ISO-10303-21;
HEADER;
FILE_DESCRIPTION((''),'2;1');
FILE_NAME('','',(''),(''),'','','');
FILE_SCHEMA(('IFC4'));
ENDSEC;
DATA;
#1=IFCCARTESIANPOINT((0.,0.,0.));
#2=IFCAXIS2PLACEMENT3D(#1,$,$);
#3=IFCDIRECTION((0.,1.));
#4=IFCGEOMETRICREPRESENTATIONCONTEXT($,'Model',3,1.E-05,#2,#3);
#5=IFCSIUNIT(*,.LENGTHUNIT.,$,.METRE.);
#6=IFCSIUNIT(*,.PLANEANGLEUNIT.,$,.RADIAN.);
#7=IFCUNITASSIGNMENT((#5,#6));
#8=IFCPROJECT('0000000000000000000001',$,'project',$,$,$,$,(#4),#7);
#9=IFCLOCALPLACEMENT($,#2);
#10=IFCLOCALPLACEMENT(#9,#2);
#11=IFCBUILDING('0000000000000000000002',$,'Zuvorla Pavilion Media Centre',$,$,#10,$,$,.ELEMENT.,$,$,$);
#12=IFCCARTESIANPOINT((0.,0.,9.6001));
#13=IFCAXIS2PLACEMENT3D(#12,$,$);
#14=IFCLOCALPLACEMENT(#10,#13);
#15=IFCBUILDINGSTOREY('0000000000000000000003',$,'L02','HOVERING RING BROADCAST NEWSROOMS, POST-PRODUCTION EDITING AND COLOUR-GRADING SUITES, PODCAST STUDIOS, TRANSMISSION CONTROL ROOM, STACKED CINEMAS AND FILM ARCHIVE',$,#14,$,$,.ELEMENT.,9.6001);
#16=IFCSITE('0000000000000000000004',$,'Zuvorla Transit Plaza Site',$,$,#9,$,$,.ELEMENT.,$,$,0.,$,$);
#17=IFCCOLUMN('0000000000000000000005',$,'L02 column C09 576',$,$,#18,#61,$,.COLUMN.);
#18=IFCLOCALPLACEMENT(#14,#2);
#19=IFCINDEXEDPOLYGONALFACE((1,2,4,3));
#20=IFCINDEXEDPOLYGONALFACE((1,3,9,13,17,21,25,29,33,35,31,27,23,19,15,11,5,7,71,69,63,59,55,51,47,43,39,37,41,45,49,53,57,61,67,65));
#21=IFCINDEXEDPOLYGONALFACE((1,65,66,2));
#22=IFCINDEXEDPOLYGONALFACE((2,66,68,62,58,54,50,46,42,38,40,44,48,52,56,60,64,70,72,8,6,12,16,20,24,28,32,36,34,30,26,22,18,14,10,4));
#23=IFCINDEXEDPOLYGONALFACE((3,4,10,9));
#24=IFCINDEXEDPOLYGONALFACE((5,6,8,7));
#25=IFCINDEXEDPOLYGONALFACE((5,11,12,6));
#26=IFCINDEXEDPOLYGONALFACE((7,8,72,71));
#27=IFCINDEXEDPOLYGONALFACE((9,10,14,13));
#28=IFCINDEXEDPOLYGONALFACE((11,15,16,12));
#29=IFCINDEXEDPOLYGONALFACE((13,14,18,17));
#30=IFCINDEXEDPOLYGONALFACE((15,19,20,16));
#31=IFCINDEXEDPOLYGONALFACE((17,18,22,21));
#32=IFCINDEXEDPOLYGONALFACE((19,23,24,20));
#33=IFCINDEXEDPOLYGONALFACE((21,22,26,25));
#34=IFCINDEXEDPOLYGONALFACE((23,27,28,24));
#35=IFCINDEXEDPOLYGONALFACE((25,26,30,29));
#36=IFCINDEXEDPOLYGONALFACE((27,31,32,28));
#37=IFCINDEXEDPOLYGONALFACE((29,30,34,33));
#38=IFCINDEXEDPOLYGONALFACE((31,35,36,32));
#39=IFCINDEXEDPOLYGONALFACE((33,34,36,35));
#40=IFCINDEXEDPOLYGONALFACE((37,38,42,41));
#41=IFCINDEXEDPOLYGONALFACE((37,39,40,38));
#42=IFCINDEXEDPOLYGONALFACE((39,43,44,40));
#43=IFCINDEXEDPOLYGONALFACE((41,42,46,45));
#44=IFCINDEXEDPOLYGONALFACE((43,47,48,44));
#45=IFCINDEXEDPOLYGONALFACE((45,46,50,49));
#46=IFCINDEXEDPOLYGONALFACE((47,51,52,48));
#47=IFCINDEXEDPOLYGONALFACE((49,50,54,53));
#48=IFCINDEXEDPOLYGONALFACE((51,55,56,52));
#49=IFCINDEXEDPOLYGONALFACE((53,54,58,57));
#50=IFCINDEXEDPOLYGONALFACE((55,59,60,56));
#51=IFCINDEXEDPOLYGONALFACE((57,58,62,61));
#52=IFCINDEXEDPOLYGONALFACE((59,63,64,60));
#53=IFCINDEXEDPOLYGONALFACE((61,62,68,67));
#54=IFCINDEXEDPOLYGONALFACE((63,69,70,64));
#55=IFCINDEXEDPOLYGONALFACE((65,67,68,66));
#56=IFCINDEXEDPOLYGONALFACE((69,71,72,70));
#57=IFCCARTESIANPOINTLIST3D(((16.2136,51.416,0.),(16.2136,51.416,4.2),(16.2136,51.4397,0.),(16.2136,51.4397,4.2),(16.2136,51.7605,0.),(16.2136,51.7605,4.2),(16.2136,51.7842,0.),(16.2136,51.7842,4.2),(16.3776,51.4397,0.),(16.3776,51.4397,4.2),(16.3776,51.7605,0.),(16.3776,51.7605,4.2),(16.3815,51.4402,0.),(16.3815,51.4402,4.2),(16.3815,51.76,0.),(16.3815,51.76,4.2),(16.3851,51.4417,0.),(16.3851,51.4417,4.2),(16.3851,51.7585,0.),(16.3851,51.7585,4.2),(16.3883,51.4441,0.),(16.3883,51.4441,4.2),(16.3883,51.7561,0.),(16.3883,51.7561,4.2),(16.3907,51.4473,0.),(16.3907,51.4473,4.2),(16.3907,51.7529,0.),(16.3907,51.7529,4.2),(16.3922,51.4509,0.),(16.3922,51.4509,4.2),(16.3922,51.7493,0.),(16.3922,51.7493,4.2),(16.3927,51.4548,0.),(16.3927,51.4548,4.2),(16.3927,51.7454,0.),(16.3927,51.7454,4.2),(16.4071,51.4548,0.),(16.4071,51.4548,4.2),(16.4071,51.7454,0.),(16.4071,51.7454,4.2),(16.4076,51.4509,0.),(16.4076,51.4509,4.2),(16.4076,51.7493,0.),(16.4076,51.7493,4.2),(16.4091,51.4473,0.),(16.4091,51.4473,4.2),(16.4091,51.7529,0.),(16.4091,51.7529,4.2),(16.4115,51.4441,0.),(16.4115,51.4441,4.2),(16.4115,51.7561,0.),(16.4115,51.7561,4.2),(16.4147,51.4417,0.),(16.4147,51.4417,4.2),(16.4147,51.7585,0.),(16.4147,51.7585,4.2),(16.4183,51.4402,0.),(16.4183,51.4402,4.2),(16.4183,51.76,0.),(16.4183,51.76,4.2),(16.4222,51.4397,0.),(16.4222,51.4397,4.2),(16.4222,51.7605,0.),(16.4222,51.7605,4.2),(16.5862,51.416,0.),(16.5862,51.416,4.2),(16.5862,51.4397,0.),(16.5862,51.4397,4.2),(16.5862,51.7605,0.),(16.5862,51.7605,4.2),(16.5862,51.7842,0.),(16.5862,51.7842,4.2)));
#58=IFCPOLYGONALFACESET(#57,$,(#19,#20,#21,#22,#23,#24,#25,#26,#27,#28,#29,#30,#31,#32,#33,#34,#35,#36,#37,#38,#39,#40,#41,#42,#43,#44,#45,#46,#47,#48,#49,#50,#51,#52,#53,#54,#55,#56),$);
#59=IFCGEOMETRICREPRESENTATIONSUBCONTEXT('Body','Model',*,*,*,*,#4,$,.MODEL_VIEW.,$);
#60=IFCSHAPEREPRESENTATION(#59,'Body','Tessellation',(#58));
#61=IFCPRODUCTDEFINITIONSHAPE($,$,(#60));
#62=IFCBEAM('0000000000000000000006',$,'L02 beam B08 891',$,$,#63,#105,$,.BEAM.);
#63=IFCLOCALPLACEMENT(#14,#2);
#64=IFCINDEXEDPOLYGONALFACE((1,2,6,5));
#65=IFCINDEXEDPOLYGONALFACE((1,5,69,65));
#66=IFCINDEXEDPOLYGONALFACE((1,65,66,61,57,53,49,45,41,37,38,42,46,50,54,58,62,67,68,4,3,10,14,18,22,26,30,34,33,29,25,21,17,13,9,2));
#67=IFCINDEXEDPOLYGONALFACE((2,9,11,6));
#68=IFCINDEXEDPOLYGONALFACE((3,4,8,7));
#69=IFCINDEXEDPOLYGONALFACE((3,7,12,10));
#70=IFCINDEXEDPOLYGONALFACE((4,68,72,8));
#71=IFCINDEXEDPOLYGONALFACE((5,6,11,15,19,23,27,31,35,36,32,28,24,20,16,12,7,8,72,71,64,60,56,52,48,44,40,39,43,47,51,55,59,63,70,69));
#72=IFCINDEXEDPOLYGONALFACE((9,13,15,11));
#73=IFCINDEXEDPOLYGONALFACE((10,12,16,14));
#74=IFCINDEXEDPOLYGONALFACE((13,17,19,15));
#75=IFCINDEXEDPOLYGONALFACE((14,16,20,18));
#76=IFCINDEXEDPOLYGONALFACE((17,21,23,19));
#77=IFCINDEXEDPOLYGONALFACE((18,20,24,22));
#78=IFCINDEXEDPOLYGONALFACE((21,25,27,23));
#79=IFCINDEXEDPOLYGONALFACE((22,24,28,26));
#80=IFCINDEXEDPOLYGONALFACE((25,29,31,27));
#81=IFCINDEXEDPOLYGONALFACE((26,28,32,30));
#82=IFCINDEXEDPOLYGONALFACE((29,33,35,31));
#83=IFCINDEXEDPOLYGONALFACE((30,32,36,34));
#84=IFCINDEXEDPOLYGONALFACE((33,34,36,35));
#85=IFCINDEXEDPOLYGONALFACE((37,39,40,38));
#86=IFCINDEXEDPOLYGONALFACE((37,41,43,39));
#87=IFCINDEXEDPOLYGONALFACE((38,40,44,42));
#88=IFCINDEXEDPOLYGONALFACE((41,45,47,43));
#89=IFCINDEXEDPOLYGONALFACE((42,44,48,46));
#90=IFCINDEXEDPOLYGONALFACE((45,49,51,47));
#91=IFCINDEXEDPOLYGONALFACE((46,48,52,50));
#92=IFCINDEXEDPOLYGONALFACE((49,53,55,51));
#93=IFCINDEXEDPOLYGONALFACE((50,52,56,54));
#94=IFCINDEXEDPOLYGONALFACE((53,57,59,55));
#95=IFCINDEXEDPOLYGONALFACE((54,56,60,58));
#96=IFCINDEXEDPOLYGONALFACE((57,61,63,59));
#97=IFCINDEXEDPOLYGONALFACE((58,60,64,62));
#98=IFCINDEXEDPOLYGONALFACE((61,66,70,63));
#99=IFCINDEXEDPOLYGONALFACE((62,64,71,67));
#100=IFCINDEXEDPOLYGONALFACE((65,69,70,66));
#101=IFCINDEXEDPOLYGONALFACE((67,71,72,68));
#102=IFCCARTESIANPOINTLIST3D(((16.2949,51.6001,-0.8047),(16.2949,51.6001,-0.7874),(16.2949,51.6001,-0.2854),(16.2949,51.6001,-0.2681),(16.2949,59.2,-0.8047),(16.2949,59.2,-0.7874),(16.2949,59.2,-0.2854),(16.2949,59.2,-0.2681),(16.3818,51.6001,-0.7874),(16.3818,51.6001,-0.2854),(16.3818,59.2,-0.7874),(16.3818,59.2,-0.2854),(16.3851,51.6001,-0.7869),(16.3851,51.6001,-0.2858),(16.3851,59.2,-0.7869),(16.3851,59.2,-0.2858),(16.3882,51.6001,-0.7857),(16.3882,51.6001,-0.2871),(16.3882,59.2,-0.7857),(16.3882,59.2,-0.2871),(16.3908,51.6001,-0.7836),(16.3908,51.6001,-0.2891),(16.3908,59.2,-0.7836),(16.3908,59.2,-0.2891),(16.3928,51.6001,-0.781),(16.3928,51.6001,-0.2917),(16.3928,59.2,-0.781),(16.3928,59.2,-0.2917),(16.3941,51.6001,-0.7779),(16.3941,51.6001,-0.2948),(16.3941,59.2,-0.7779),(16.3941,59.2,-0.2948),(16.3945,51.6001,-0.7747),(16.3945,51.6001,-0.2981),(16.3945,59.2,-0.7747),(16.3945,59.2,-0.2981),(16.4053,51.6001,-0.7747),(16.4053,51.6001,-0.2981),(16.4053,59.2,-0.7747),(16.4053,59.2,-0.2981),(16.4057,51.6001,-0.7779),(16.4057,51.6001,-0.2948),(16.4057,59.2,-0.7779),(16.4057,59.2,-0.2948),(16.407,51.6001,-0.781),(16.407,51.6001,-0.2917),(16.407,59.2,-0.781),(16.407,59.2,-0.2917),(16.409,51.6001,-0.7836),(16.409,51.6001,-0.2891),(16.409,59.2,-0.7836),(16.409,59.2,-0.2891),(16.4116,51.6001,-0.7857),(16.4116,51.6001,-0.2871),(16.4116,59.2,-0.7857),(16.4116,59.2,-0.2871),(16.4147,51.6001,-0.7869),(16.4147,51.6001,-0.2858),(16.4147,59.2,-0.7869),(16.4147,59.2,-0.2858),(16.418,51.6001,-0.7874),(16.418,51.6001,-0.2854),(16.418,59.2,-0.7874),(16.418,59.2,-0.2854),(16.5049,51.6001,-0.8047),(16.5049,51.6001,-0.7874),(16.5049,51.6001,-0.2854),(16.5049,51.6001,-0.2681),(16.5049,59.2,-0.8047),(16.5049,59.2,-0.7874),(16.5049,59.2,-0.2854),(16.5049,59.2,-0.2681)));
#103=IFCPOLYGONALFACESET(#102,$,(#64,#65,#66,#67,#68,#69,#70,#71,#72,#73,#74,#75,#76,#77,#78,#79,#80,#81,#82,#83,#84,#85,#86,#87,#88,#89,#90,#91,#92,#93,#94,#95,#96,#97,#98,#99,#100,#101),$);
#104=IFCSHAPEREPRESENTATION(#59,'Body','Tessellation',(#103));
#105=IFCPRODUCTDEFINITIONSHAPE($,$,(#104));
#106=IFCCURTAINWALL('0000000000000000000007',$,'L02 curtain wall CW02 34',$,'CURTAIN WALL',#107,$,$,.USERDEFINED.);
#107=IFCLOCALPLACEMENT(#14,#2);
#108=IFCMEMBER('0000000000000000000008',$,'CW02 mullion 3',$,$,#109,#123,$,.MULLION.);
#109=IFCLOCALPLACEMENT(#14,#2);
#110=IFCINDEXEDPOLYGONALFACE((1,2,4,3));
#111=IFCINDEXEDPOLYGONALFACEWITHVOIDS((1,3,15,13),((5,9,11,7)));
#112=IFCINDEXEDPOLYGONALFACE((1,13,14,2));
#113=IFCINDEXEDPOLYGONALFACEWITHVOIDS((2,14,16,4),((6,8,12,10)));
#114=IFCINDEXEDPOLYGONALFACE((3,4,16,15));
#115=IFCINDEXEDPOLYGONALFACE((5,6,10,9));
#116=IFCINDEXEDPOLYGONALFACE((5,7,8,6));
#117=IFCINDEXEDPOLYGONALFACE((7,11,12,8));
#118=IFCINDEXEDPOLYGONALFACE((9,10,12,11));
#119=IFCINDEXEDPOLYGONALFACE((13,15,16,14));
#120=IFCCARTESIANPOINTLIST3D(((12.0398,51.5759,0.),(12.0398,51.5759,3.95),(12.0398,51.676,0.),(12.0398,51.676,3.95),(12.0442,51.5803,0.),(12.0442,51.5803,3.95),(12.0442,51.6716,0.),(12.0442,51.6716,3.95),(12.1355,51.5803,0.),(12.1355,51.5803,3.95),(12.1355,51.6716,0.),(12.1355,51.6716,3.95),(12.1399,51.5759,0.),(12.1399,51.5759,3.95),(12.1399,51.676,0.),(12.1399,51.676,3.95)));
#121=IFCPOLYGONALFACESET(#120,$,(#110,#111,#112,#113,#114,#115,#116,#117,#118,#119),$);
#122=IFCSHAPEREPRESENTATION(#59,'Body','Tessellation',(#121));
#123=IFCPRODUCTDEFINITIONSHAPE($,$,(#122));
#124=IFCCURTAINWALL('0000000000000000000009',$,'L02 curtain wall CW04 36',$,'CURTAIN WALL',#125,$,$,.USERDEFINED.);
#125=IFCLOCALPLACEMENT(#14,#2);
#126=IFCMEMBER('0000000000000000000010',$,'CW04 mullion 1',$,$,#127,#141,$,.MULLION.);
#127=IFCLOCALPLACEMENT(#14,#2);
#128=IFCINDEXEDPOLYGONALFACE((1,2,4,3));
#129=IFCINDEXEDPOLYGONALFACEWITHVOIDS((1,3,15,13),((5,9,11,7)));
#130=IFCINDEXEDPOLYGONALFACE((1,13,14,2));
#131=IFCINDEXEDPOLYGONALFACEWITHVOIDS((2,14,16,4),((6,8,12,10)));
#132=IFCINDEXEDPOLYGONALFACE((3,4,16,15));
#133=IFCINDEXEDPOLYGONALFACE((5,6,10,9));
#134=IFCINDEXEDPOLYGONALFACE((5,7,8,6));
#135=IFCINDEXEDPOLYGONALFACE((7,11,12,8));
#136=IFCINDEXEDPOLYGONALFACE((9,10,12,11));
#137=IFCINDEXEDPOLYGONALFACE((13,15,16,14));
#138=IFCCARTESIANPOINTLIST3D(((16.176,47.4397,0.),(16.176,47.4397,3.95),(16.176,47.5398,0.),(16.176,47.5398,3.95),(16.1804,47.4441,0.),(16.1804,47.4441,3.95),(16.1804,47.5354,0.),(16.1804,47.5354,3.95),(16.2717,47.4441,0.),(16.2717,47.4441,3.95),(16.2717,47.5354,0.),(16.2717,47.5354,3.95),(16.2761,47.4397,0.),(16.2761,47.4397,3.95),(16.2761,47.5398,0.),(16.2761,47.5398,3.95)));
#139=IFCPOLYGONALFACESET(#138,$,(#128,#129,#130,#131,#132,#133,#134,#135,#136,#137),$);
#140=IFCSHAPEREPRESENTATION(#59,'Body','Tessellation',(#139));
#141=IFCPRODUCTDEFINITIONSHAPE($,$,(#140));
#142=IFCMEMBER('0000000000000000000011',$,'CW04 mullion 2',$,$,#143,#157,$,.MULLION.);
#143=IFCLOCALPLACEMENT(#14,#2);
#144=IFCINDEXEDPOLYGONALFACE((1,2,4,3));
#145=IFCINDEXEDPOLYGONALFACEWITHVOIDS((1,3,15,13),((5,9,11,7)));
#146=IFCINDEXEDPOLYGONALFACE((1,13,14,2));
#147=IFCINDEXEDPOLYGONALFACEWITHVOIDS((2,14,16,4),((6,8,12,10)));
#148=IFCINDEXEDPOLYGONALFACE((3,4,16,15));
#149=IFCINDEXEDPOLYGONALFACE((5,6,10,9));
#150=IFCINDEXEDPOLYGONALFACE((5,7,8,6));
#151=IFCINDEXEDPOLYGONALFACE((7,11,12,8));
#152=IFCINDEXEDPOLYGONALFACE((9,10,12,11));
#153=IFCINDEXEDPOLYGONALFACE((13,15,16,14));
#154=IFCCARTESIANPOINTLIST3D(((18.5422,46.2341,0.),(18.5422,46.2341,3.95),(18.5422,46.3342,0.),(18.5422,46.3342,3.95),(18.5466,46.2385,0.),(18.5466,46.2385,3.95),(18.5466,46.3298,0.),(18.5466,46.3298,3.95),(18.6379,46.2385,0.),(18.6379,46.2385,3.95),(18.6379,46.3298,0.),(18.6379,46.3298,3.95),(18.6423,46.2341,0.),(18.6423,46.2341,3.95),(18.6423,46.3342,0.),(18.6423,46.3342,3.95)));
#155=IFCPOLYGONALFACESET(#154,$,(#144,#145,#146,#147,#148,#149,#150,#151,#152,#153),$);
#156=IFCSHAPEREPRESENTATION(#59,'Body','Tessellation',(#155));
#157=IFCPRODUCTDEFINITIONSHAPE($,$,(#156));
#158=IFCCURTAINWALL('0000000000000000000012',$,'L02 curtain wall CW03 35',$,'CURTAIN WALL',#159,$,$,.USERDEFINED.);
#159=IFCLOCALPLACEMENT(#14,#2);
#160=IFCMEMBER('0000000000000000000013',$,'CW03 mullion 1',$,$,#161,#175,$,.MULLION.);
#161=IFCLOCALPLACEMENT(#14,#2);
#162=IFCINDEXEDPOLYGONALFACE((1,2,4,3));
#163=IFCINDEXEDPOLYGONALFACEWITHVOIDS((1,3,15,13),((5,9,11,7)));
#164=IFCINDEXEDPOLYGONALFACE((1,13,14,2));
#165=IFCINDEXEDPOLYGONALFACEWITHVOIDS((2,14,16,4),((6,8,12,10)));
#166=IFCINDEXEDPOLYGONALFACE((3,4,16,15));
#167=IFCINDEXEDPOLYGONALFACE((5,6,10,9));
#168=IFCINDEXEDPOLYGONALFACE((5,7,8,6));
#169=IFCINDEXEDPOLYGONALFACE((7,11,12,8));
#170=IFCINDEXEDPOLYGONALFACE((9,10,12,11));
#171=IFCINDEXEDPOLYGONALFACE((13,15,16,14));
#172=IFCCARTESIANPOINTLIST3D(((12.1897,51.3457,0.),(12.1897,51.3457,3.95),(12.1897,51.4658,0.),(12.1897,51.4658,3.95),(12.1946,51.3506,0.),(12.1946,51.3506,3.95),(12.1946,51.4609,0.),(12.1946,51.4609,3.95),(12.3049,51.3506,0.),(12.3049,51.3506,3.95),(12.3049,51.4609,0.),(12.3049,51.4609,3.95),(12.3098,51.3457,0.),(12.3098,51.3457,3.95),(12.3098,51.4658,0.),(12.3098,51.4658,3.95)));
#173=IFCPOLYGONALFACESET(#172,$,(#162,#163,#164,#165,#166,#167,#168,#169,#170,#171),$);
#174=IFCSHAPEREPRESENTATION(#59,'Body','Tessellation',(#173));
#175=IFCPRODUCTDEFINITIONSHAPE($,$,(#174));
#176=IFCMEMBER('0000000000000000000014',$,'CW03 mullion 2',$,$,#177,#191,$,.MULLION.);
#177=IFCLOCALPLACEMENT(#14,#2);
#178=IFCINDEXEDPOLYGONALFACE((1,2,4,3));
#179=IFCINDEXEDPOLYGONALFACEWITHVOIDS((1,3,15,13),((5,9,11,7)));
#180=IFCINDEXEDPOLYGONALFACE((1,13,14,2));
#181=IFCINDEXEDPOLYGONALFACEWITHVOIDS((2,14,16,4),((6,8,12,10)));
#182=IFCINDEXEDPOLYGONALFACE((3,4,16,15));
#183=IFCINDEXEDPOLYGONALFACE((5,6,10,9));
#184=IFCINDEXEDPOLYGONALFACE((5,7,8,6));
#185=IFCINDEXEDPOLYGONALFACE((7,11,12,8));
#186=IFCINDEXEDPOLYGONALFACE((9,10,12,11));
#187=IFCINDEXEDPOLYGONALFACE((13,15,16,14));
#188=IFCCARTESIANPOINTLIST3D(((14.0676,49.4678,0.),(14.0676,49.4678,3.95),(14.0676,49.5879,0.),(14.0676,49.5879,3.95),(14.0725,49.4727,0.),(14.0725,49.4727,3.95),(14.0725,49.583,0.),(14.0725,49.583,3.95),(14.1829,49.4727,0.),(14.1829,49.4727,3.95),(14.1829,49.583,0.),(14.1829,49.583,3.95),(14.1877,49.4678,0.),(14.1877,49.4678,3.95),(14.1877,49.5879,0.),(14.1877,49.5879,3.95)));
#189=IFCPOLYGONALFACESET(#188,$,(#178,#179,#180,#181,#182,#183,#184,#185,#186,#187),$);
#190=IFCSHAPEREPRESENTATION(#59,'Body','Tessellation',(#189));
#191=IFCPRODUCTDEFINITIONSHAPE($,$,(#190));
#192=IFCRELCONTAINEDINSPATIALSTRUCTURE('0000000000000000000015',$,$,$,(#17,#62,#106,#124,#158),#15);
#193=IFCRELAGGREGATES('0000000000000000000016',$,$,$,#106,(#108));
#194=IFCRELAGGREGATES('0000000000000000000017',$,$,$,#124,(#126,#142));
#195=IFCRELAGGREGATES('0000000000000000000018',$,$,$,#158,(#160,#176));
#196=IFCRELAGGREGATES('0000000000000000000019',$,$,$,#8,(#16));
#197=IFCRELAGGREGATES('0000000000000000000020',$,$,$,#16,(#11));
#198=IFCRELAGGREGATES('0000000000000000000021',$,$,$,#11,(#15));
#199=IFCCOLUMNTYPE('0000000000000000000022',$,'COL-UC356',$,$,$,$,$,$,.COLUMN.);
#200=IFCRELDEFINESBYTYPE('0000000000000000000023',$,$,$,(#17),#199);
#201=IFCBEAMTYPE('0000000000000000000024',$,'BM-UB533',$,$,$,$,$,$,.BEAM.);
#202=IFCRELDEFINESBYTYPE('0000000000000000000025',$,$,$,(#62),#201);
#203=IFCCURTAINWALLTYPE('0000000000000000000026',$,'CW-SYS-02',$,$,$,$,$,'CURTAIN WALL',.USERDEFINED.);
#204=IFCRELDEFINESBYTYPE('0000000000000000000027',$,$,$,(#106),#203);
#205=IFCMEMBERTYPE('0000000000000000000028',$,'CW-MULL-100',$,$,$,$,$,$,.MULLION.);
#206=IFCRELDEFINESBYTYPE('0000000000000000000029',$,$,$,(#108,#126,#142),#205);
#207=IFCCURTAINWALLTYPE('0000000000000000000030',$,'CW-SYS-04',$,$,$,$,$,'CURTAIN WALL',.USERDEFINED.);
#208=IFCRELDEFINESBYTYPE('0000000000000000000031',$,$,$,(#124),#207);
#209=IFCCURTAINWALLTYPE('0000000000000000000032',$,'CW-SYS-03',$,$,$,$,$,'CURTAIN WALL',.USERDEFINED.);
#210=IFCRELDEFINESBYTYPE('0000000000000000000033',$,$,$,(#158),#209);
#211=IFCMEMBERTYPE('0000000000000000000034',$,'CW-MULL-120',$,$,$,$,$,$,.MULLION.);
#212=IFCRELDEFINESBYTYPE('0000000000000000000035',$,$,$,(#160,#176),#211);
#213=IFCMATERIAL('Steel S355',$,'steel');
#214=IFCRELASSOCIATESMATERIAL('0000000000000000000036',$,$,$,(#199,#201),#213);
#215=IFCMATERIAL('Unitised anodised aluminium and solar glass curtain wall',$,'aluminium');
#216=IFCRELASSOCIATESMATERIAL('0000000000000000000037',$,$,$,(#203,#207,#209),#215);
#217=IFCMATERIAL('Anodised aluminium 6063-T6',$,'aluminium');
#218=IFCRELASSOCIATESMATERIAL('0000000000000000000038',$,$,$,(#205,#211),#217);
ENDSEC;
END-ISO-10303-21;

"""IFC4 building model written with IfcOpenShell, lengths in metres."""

from ifc_helpers import new_model, si_unit, direction, frame, origin, origin_2d, place, context, subcontext, project, spatial, hollow_rectangle, i_section, extrude, material, material_profile, profile_set, type_object, element, aggregate, save


model = new_model("IFC4")

# Units and contexts
model_context = context("Model", 3, precision=1e-05, world=origin(), true_north=direction((0.0, 1.0)))
body_context = subcontext(model_context, "Body", "Model", "MODEL_VIEW")
ifc_project = project(units=[si_unit("LENGTHUNIT", "METRE"), si_unit("PLANEANGLEUNIT", "RADIAN")], contexts=[model_context])

# Site, building, storey
site_placement = place(None, origin())
site = spatial("IfcSite", under=ifc_project, at=site_placement, Name="Zuvorla Transit Plaza Site", CompositionType="ELEMENT", RefElevation=0.0)
building_placement = place(site_placement, origin())
building = spatial("IfcBuilding", under=site, at=building_placement, Name="Zuvorla Pavilion Media Centre", CompositionType="ELEMENT")
storey_placement = place(building_placement, frame((0.0, 0.0, 9.6001)))
storey = spatial("IfcBuildingStorey", under=building, at=storey_placement, Name="L02", Description="HOVERING RING BROADCAST NEWSROOMS, POST-PRODUCTION EDITING AND COLOUR-GRADING SUITES, PODCAST STUDIOS, TRANSMISSION CONTROL ROOM, STACKED CINEMAS AND FILM ARCHIVE", CompositionType="ELEMENT", Elevation=9.6001)

# Column
ifc_material_1 = material(Name="Steel S355", Category="steel")
ifc_material_profile_1 = material_profile(ifc_material_1, i_section(OverallWidth=0.3726, OverallDepth=0.3682, WebThickness=0.0144, FlangeThickness=0.0237, FilletRadius=0.0151, at=origin_2d()), Name="UC 356x368x177")
ifc_profile_set_1 = profile_set([ifc_material_profile_1], Name="Steel S355")
column_type = type_object("IfcColumnType", Name="COL-UC356", PredefinedType="COLUMN", material=ifc_profile_set_1)
column_placement = place(storey_placement, frame((16.3999, 51.6001, 0.0), z_axis=(0.0, 0.0, 1.0), x_axis=(1.0, 0.0, 0.0)))
element("IfcColumn", 1, at=column_placement, inside=storey, type_object=column_type, Name="L02 column C09 576", PredefinedType="COLUMN", context=body_context, shape_type="SweptSolid", body=[
    extrude(i_section(OverallWidth=0.3726, OverallDepth=0.3682, WebThickness=0.0144, FlangeThickness=0.0237, FilletRadius=0.0151, at=origin_2d()), origin(), (0.0, 0.0, 1.0), 4.2),
])

# Beam
ifc_material_profile_2 = material_profile(ifc_material_1, i_section(OverallWidth=0.21, OverallDepth=0.5366, WebThickness=0.0107, FlangeThickness=0.0173, FilletRadius=0.0127, at=origin_2d()), Name="UB 533x210x101")
ifc_profile_set_2 = profile_set([ifc_material_profile_2], Name="Steel S355")
beam_type = type_object("IfcBeamType", Name="BM-UB533", PredefinedType="BEAM", material=ifc_profile_set_2)
beam_placement = place(storey_placement, frame((16.3999, 51.6001, -0.5364), z_axis=(0.0, 1.0, 0.0), x_axis=(-1.0, 0.0, 0.0)))
element("IfcBeam", 2, at=beam_placement, inside=storey, type_object=beam_type, Name="L02 beam B08 891", PredefinedType="BEAM", context=body_context, shape_type="SweptSolid", body=[
    extrude(i_section(OverallWidth=0.21, OverallDepth=0.5366, WebThickness=0.0107, FlangeThickness=0.0173, FilletRadius=0.0127, at=origin_2d()), origin(), (0.0, 0.0, 1.0), 7.5999),
])

# Curtain wall, member
ifc_material_2 = material(Name="Unitised anodised aluminium and solar glass curtain wall", Category="aluminium")
curtain_wall_type_1 = type_object("IfcCurtainWallType", Name="CW-SYS-02", ElementType="CURTAIN WALL", PredefinedType="USERDEFINED", material=ifc_material_2)
curtain_wall_1_placement = place(storey_placement, origin())
curtain_wall_1 = element("IfcCurtainWall", 3, at=curtain_wall_1_placement, inside=storey, type_object=curtain_wall_type_1, Name="L02 curtain wall CW02 34", ObjectType="CURTAIN WALL", PredefinedType="USERDEFINED")
ifc_material_3 = material(Name="Anodised aluminium 6063-T6", Category="aluminium")
ifc_material_profile_3 = material_profile(ifc_material_3, hollow_rectangle(XDim=0.1001, YDim=0.1001, WallThickness=0.0044, at=origin_2d()), Name="ALU MULL 100x100")
ifc_profile_set_3 = profile_set([ifc_material_profile_3], Name="Anodised aluminium 6063-T6")
member_type_1 = type_object("IfcMemberType", Name="CW-MULL-100", PredefinedType="MULLION", material=ifc_profile_set_3)
member_1_placement = place(storey_placement, frame((12.0898, 51.626, 0.0), z_axis=(0.0, 0.0, 1.0), x_axis=(1.0, 0.0, 0.0)))
member_1 = element("IfcMember", 4, at=member_1_placement, type_object=member_type_1, Name="CW02 mullion 3", PredefinedType="MULLION", context=body_context, shape_type="SweptSolid", body=[
    extrude(hollow_rectangle(XDim=0.1001, YDim=0.1001, WallThickness=0.0044, at=origin_2d()), origin(), (0.0, 0.0, 1.0), 3.95),
])
aggregate(curtain_wall_1, [member_1])

# Curtain walls, members
curtain_wall_type_2 = type_object("IfcCurtainWallType", Name="CW-SYS-04", ElementType="CURTAIN WALL", PredefinedType="USERDEFINED", material=ifc_material_2)
curtain_wall_2_placement = place(storey_placement, origin())
curtain_wall_2 = element("IfcCurtainWall", 5, at=curtain_wall_2_placement, inside=storey, type_object=curtain_wall_type_2, Name="L02 curtain wall CW04 36", ObjectType="CURTAIN WALL", PredefinedType="USERDEFINED")
member_2_placement = place(storey_placement, frame((16.2261, 47.4897, 0.0), z_axis=(0.0, 0.0, 1.0), x_axis=(1.0, 0.0, 0.0)))
member_2 = element("IfcMember", 6, at=member_2_placement, type_object=member_type_1, Name="CW04 mullion 1", PredefinedType="MULLION", context=body_context, shape_type="SweptSolid", body=[
    extrude(hollow_rectangle(XDim=0.1001, YDim=0.1001, WallThickness=0.0044, at=origin_2d()), origin(), (0.0, 0.0, 1.0), 3.95),
])
member_3_placement = place(storey_placement, frame((18.5923, 46.2842, 0.0), z_axis=(0.0, 0.0, 1.0), x_axis=(1.0, 0.0, 0.0)))
member_3 = element("IfcMember", 7, at=member_3_placement, type_object=member_type_1, Name="CW04 mullion 2", PredefinedType="MULLION", context=body_context, shape_type="SweptSolid", body=[
    extrude(hollow_rectangle(XDim=0.1001, YDim=0.1001, WallThickness=0.0044, at=origin_2d()), origin(), (0.0, 0.0, 1.0), 3.95),
])
curtain_wall_type_3 = type_object("IfcCurtainWallType", Name="CW-SYS-03", ElementType="CURTAIN WALL", PredefinedType="USERDEFINED", material=ifc_material_2)
curtain_wall_3_placement = place(storey_placement, origin())
curtain_wall_3 = element("IfcCurtainWall", 8, at=curtain_wall_3_placement, inside=storey, type_object=curtain_wall_type_3, Name="L02 curtain wall CW03 35", ObjectType="CURTAIN WALL", PredefinedType="USERDEFINED")
ifc_material_profile_4 = material_profile(ifc_material_3, hollow_rectangle(XDim=0.1201, YDim=0.1201, WallThickness=0.0049, at=origin_2d()), Name="ALU MULL 120x120")
ifc_profile_set_4 = profile_set([ifc_material_profile_4], Name="Anodised aluminium 6063-T6")
member_type_2 = type_object("IfcMemberType", Name="CW-MULL-120", PredefinedType="MULLION", material=ifc_profile_set_4)
member_4_placement = place(storey_placement, frame((12.2498, 51.4058, 0.0), z_axis=(0.0, 0.0, 1.0), x_axis=(1.0, 0.0, 0.0)))
member_4 = element("IfcMember", 9, at=member_4_placement, type_object=member_type_2, Name="CW03 mullion 1", PredefinedType="MULLION", context=body_context, shape_type="SweptSolid", body=[
    extrude(hollow_rectangle(XDim=0.1201, YDim=0.1201, WallThickness=0.0049, at=origin_2d()), origin(), (0.0, 0.0, 1.0), 3.95),
])
member_5_placement = place(storey_placement, frame((14.1277, 49.5278, 0.0), z_axis=(0.0, 0.0, 1.0), x_axis=(1.0, 0.0, 0.0)))
member_5 = element("IfcMember", 10, at=member_5_placement, type_object=member_type_2, Name="CW03 mullion 2", PredefinedType="MULLION", context=body_context, shape_type="SweptSolid", body=[
    extrude(hollow_rectangle(XDim=0.1201, YDim=0.1201, WallThickness=0.0049, at=origin_2d()), origin(), (0.0, 0.0, 1.0), 3.95),
])

aggregate(curtain_wall_2, [member_2, member_3])
aggregate(curtain_wall_3, [member_4, member_5])

save(model, "model.ifc")
